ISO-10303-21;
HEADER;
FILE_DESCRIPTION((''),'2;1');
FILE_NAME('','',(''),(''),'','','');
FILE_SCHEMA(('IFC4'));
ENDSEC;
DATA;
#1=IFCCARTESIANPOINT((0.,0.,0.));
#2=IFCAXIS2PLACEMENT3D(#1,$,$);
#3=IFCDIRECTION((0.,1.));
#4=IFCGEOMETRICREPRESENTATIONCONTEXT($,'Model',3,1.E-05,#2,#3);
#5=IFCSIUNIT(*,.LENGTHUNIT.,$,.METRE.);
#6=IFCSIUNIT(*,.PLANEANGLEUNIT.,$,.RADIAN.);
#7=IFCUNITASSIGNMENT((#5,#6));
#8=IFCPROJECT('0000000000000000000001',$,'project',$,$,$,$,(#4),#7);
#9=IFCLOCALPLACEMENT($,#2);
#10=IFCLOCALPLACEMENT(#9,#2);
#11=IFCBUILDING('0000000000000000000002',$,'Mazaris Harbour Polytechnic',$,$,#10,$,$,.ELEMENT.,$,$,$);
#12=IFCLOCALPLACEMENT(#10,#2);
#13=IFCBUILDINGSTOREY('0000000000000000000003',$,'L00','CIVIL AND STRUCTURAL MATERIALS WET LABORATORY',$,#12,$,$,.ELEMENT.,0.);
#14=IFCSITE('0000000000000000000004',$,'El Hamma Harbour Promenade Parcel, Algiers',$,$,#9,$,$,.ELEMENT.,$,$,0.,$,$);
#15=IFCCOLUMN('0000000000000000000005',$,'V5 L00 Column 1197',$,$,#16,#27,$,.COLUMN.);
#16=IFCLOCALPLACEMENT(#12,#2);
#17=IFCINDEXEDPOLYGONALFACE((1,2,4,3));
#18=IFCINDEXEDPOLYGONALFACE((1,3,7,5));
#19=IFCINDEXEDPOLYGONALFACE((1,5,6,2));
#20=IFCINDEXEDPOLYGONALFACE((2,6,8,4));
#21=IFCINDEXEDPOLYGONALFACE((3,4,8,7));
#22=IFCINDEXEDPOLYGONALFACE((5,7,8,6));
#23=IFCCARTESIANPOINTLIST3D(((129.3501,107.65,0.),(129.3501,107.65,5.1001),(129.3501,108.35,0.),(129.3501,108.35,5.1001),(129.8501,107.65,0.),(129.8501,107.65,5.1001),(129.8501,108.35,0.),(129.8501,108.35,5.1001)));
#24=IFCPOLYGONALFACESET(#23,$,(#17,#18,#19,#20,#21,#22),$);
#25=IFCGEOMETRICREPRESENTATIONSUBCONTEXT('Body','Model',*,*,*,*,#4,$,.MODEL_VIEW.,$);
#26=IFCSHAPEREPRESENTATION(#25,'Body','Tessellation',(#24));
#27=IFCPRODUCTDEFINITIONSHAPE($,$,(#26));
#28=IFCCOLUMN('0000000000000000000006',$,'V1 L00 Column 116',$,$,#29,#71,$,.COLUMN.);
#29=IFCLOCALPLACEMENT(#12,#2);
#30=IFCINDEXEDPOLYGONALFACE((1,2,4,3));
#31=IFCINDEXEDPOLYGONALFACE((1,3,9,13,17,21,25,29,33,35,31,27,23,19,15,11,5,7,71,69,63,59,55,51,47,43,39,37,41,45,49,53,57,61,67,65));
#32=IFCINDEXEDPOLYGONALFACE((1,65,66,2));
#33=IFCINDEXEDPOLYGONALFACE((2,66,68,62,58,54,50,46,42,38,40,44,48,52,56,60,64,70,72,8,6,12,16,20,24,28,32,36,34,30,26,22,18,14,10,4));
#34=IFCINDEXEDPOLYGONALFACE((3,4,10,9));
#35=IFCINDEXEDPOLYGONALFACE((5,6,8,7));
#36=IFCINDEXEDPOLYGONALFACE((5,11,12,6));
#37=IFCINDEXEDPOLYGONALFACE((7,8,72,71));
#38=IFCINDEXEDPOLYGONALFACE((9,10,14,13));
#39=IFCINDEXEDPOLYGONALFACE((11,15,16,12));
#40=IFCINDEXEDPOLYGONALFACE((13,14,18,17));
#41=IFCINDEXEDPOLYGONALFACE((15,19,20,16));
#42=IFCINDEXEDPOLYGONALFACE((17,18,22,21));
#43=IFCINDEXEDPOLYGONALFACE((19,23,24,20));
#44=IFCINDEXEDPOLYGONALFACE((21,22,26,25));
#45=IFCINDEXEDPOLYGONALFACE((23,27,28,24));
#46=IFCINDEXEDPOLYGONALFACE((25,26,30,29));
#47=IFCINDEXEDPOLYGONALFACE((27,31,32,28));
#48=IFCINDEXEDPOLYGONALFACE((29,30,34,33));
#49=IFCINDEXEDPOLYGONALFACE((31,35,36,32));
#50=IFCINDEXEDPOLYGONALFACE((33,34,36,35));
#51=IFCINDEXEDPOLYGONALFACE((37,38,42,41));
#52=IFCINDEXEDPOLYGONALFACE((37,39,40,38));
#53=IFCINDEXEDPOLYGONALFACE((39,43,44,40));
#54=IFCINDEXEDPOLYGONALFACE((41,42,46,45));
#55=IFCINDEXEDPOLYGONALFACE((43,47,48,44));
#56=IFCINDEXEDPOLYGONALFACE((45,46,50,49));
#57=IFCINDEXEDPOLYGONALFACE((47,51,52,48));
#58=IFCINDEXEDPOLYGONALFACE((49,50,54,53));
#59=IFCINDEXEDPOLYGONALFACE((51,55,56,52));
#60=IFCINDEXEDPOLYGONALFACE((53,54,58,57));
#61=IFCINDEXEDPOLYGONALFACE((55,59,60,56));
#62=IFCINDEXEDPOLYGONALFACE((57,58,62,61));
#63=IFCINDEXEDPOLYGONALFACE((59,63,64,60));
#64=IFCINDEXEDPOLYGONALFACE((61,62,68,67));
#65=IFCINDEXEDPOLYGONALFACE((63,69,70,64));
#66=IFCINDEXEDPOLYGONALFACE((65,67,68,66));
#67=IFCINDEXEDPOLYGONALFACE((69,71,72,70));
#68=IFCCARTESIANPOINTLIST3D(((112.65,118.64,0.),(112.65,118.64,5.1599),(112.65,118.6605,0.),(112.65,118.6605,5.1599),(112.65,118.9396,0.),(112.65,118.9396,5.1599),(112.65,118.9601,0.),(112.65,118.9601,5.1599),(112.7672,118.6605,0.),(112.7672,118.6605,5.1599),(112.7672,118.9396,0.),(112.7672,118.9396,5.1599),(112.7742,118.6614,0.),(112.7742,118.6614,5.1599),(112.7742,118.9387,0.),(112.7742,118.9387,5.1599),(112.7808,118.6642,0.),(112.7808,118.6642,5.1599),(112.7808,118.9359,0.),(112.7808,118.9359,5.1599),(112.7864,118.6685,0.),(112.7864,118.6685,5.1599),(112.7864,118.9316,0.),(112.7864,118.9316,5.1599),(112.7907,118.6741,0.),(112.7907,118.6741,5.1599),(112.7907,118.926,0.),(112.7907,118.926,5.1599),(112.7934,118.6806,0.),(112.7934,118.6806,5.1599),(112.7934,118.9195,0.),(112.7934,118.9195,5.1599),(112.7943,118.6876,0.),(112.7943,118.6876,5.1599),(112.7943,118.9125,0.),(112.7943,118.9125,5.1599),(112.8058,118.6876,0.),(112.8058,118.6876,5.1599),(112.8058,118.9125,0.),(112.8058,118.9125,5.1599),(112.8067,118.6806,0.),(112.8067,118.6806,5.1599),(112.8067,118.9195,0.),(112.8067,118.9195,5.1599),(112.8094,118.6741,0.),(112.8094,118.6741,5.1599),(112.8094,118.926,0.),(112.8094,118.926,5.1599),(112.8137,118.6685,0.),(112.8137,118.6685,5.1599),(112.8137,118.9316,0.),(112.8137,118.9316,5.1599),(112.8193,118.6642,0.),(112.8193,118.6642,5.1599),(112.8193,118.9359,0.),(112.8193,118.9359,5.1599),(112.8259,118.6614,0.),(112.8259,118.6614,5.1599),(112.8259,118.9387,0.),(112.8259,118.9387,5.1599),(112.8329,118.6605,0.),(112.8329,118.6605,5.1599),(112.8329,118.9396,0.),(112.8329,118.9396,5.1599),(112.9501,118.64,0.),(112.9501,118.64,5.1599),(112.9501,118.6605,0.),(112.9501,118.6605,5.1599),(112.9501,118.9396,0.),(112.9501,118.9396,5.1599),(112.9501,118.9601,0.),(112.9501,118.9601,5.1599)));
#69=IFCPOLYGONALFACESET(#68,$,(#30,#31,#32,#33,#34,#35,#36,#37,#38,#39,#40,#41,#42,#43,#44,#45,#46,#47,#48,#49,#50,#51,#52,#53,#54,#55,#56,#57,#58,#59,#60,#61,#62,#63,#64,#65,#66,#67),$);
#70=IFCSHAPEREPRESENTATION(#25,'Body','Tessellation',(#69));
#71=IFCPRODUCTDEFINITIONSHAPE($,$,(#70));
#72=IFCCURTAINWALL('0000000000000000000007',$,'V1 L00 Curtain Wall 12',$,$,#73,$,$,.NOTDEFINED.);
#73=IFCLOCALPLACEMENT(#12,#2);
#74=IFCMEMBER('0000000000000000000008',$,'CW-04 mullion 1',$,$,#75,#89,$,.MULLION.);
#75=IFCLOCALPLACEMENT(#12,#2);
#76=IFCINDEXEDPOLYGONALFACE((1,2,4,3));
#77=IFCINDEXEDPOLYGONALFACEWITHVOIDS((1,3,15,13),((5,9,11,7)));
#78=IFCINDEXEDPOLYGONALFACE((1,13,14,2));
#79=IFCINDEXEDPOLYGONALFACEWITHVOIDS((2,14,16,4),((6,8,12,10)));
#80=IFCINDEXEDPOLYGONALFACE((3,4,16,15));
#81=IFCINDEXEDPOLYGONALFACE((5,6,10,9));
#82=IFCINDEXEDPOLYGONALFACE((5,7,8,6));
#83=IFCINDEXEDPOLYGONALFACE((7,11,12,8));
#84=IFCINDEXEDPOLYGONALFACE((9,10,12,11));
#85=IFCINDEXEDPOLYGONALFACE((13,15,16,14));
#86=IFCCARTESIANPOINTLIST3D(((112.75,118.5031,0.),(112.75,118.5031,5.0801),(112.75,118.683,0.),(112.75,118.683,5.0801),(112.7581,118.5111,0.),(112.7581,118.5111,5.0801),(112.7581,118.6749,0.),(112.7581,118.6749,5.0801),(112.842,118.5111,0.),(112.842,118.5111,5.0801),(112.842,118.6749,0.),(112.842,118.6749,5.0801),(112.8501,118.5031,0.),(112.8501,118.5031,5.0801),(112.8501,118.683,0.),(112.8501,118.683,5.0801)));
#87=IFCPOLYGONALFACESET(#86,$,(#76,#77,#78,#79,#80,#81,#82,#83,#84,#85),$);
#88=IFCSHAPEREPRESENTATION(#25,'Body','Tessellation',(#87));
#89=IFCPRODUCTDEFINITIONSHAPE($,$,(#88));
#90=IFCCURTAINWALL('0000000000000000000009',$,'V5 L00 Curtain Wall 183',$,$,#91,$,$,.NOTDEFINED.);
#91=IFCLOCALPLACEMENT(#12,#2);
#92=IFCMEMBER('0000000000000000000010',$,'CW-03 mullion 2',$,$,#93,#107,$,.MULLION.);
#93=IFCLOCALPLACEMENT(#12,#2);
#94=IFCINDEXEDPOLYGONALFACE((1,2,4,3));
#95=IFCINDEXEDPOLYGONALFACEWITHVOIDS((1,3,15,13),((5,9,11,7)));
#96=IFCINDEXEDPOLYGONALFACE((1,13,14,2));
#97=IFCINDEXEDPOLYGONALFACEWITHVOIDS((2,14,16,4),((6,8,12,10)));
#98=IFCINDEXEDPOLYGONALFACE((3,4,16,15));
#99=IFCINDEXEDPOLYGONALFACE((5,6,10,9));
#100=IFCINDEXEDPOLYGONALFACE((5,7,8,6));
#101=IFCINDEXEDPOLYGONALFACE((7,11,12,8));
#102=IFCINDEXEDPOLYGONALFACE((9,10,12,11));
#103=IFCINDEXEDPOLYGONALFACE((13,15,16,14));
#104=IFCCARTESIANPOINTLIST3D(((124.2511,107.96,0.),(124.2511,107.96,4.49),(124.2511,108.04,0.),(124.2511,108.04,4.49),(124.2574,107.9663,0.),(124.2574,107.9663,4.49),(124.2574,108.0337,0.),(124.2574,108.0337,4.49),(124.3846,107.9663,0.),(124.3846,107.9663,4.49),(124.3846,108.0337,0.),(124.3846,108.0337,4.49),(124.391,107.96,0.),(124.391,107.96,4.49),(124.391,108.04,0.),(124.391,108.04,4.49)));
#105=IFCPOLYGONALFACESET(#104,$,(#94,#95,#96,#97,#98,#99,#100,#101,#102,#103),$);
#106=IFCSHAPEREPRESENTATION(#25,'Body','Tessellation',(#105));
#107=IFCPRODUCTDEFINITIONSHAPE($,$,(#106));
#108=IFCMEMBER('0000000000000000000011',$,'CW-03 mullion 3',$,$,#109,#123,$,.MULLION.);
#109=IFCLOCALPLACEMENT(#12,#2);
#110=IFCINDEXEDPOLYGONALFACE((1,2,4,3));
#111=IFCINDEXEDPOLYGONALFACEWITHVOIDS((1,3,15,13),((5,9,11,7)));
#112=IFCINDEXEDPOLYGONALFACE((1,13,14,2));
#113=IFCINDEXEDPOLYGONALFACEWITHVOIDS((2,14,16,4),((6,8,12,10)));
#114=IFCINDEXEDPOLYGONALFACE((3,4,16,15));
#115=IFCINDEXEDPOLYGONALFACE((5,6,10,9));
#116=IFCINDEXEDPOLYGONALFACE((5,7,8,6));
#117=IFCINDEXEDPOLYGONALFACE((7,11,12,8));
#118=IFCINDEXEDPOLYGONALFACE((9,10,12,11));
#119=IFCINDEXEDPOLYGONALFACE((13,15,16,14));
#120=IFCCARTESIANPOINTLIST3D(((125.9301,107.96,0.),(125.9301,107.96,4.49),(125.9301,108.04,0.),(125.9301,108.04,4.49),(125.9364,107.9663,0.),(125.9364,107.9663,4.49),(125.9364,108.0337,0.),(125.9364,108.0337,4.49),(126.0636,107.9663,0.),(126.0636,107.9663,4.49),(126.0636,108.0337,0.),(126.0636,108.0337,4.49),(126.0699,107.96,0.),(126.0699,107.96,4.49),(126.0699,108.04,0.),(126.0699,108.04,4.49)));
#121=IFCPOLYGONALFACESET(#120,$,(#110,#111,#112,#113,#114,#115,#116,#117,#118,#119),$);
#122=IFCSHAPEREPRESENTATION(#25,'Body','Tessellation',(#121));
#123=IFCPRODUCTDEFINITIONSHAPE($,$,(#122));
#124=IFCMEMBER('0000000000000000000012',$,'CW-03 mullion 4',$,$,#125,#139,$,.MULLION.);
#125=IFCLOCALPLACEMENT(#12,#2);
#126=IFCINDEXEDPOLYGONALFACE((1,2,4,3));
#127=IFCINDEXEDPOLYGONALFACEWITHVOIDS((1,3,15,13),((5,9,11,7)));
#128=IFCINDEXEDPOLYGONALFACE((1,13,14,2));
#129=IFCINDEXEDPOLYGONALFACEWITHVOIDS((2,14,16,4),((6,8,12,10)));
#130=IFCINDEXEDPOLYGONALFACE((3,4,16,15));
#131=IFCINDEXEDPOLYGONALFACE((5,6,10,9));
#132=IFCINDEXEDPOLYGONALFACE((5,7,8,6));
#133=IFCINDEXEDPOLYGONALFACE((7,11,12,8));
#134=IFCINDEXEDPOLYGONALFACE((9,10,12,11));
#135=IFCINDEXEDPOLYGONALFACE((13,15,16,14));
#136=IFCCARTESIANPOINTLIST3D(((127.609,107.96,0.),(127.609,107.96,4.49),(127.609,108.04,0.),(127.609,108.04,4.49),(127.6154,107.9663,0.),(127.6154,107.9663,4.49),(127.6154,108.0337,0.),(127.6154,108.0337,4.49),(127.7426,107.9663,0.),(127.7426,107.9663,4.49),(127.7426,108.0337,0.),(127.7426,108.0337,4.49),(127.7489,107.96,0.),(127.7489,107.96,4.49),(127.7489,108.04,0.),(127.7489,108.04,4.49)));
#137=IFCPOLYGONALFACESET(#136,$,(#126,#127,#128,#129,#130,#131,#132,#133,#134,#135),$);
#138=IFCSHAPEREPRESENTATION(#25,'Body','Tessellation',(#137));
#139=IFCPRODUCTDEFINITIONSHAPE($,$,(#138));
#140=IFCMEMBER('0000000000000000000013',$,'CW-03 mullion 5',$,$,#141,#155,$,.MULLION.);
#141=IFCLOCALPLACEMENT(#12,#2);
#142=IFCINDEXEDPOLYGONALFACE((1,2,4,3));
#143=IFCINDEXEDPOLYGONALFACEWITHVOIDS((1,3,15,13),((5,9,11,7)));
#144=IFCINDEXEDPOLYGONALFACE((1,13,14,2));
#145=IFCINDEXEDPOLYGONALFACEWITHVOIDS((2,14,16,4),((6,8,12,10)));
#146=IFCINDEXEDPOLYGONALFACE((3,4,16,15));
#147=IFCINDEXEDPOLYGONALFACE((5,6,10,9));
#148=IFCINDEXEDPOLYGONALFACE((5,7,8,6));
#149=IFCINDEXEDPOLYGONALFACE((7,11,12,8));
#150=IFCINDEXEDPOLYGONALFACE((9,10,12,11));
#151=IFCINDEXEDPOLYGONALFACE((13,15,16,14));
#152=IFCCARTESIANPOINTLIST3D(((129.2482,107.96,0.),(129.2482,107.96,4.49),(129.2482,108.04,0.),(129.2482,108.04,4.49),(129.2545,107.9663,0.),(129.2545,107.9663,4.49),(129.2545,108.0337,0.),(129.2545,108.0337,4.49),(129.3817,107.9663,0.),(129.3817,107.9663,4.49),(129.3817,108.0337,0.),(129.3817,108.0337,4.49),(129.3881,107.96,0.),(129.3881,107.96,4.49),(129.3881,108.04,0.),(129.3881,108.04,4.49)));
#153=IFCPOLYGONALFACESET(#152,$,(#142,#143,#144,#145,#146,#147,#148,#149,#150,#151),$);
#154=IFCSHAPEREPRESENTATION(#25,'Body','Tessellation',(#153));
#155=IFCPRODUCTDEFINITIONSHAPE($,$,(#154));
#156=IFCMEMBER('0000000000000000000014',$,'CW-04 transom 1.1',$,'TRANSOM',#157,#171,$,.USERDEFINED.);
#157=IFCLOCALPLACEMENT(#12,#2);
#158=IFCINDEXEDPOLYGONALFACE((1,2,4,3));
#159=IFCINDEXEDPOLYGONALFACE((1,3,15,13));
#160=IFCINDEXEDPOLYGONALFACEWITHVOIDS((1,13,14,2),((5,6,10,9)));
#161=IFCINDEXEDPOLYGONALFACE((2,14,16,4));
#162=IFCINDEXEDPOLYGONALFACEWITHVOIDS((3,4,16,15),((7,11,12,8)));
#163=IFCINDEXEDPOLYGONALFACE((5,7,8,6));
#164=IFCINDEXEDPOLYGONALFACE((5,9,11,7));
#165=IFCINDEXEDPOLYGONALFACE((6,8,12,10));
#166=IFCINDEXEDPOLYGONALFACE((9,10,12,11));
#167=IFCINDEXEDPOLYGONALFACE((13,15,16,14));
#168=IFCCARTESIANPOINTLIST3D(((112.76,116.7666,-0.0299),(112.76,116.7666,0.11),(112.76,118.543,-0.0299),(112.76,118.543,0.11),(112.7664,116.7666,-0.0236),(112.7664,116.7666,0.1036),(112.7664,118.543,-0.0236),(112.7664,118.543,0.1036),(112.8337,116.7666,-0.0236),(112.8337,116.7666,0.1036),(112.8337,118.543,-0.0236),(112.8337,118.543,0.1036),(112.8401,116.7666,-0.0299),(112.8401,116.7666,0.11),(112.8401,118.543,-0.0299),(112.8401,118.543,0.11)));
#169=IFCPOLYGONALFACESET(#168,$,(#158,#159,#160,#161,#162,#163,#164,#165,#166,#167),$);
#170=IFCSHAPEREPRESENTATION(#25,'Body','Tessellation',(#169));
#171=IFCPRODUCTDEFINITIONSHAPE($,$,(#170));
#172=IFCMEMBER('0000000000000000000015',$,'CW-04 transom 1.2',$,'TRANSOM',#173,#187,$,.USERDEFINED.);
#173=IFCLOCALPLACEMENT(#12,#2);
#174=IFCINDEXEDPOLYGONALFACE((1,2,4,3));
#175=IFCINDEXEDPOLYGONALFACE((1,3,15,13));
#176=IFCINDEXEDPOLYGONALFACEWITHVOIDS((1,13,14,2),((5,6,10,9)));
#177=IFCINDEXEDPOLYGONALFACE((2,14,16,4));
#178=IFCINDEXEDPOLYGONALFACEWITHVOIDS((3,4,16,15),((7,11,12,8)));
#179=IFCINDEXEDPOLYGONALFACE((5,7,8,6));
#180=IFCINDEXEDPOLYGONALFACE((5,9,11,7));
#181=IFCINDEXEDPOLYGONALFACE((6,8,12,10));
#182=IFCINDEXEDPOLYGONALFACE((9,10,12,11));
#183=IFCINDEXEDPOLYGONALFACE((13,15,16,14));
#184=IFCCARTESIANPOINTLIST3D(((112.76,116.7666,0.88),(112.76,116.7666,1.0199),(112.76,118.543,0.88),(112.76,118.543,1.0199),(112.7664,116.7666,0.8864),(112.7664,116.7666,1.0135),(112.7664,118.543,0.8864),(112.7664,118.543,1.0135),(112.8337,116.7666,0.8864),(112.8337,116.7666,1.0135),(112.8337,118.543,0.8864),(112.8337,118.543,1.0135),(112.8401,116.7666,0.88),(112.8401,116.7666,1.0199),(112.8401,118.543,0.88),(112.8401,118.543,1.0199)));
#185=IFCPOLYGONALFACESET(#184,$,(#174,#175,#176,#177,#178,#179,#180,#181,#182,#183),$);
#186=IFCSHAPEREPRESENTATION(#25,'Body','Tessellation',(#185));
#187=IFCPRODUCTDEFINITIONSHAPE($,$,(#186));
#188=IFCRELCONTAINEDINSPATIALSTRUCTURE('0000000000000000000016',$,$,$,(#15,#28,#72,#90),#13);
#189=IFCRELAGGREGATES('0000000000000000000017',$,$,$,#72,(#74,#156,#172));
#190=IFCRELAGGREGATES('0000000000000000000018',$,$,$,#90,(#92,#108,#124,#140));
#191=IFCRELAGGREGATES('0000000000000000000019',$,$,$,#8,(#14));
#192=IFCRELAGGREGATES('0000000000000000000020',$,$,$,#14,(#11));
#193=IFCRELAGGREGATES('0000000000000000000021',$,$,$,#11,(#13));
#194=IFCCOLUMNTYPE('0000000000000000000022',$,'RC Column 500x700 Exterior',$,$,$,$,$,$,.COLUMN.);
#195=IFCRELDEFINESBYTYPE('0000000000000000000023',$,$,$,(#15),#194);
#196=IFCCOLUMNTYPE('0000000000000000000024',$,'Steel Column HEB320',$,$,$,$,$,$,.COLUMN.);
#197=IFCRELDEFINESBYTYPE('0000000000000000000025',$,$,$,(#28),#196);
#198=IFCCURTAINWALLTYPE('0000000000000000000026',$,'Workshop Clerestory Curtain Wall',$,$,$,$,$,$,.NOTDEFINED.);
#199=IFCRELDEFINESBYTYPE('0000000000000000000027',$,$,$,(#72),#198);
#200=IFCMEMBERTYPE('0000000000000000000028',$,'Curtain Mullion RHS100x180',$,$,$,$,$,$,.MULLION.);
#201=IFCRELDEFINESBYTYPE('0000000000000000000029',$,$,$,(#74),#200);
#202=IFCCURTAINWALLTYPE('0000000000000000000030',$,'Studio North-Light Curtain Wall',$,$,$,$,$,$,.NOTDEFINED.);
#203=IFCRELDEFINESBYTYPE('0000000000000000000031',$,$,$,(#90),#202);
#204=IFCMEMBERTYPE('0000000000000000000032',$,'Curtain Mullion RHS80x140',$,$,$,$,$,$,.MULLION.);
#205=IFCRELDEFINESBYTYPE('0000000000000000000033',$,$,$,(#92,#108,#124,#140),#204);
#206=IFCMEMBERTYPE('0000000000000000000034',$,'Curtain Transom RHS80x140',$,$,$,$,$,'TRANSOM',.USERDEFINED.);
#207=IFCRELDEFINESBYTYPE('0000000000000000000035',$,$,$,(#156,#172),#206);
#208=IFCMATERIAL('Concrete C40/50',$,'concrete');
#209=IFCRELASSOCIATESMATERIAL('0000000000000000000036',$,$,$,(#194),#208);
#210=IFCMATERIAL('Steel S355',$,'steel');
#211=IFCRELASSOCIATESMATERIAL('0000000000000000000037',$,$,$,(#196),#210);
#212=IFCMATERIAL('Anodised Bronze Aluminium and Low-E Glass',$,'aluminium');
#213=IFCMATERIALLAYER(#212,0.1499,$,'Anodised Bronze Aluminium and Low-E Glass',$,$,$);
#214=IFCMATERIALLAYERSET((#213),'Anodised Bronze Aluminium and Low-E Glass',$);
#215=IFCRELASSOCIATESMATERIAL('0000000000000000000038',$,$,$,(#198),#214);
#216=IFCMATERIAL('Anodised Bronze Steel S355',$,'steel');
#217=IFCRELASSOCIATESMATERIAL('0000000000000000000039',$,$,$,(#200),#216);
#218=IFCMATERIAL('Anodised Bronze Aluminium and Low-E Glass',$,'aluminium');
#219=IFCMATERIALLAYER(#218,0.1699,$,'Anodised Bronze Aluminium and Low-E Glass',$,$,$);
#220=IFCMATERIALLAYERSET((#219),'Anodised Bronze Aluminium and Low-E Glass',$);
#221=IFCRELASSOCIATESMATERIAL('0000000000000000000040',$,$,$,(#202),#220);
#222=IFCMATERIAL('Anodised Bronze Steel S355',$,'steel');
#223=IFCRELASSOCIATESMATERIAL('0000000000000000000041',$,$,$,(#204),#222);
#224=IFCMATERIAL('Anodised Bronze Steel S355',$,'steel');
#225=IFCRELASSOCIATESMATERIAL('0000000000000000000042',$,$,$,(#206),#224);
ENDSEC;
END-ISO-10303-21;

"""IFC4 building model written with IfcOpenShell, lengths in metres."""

from ifc_helpers import new_model, si_unit, direction, frame, origin, origin_2d, place, context, subcontext, project, spatial, rectangle, hollow_rectangle, i_section, extrude, material, layer, layer_set, material_profile, profile_set, type_object, element, aggregate, save


model = new_model("IFC4")

# Units and contexts
model_context = context("Model", 3, precision=1e-05, world=origin(), true_north=direction((0.0, 1.0)))
body_context = subcontext(model_context, "Body", "Model", "MODEL_VIEW")
ifc_project = project(units=[si_unit("LENGTHUNIT", "METRE"), si_unit("PLANEANGLEUNIT", "RADIAN")], contexts=[model_context])

# Site, building, storey
site_placement = place(None, origin())
site = spatial("IfcSite", under=ifc_project, at=site_placement, Name="El Hamma Harbour Promenade Parcel, Algiers", CompositionType="ELEMENT", RefElevation=0.0)
building_placement = place(site_placement, origin())
building = spatial("IfcBuilding", under=site, at=building_placement, Name="Mazaris Harbour Polytechnic", CompositionType="ELEMENT")
storey_placement = place(building_placement, origin())
storey = spatial("IfcBuildingStorey", under=building, at=storey_placement, Name="L00", Description="CIVIL AND STRUCTURAL MATERIALS WET LABORATORY", CompositionType="ELEMENT", Elevation=0.0)

# Columns
ifc_material_1 = material(Name="Concrete C40/50", Category="concrete")
ifc_material_profile_1 = material_profile(ifc_material_1, rectangle(XDim=0.5, YDim=0.7, at=origin_2d()), Name="RECT500x700")
ifc_profile_set_1 = profile_set([ifc_material_profile_1], Name="Concrete C40/50")
column_type_1 = type_object("IfcColumnType", Name="RC Column 500x700 Exterior", PredefinedType="COLUMN", material=ifc_profile_set_1)
column_1_placement = place(storey_placement, frame((129.6001, 108.0, 0.0), z_axis=(0.0, 0.0, 1.0), x_axis=(1.0, 0.0, 0.0)))
element("IfcColumn", 1, at=column_1_placement, inside=storey, type_object=column_type_1, Name="V5 L00 Column 1197", PredefinedType="COLUMN", context=body_context, shape_type="SweptSolid", body=[
    extrude(rectangle(XDim=0.5, YDim=0.7, at=origin_2d()), origin(), (0.0, 0.0, 1.0), 5.1001),
])
ifc_material_2 = material(Name="Steel S355", Category="steel")
ifc_material_profile_2 = material_profile(ifc_material_2, i_section(OverallWidth=0.3, OverallDepth=0.3201, WebThickness=0.0115, FlangeThickness=0.0205, FilletRadius=0.0271, at=origin_2d()), Name="HEB 320")
ifc_profile_set_2 = profile_set([ifc_material_profile_2], Name="Steel S355")
column_type_2 = type_object("IfcColumnType", Name="Steel Column HEB320", PredefinedType="COLUMN", material=ifc_profile_set_2)
column_2_placement = place(storey_placement, frame((112.8, 118.8, 0.0), z_axis=(0.0, 0.0, 1.0), x_axis=(1.0, 0.0, 0.0)))
element("IfcColumn", 2, at=column_2_placement, inside=storey, type_object=column_type_2, Name="V1 L00 Column 116", PredefinedType="COLUMN", context=body_context, shape_type="SweptSolid", body=[
    extrude(i_section(OverallWidth=0.3, OverallDepth=0.3201, WebThickness=0.0115, FlangeThickness=0.0205, FilletRadius=0.0271, at=origin_2d()), origin(), (0.0, 0.0, 1.0), 5.1599),
])

# Curtain wall, member
ifc_material_3 = material(Name="Anodised Bronze Aluminium and Low-E Glass", Category="aluminium")
ifc_layer_1 = layer(ifc_material_3, 0.1499, Name="Anodised Bronze Aluminium and Low-E Glass")
ifc_layer_set_1 = layer_set([ifc_layer_1], Name="Anodised Bronze Aluminium and Low-E Glass")
curtain_wall_type_1 = type_object("IfcCurtainWallType", Name="Workshop Clerestory Curtain Wall", PredefinedType="NOTDEFINED", material=ifc_layer_set_1)
curtain_wall_1_placement = place(storey_placement, origin())
curtain_wall_1 = element("IfcCurtainWall", 3, at=curtain_wall_1_placement, inside=storey, type_object=curtain_wall_type_1, Name="V1 L00 Curtain Wall 12", PredefinedType="NOTDEFINED")
ifc_material_4 = material(Name="Anodised Bronze Steel S355", Category="steel")
ifc_material_profile_3 = material_profile(ifc_material_4, hollow_rectangle(XDim=0.1001, YDim=0.1799, WallThickness=0.0081, at=origin_2d()), Name="RHS 100x180x8.0")
ifc_profile_set_3 = profile_set([ifc_material_profile_3], Name="Anodised Bronze Steel S355")
member_type_1 = type_object("IfcMemberType", Name="Curtain Mullion RHS100x180", PredefinedType="MULLION", material=ifc_profile_set_3)
member_1_placement = place(storey_placement, frame((112.8, 118.593, 0.0), z_axis=(0.0, 0.0, 1.0), x_axis=(1.0, 0.0, 0.0)))
member_1 = element("IfcMember", 4, at=member_1_placement, type_object=member_type_1, Name="CW-04 mullion 1", PredefinedType="MULLION", context=body_context, shape_type="SweptSolid", body=[
    extrude(hollow_rectangle(XDim=0.1001, YDim=0.1799, WallThickness=0.0081, at=origin_2d()), origin(), (0.0, 0.0, 1.0), 5.0801),
])

# Curtain wall, members
ifc_material_5 = material(Name="Anodised Bronze Aluminium and Low-E Glass", Category="aluminium")
ifc_layer_2 = layer(ifc_material_5, 0.1699, Name="Anodised Bronze Aluminium and Low-E Glass")
ifc_layer_set_2 = layer_set([ifc_layer_2], Name="Anodised Bronze Aluminium and Low-E Glass")
curtain_wall_type_2 = type_object("IfcCurtainWallType", Name="Studio North-Light Curtain Wall", PredefinedType="NOTDEFINED", material=ifc_layer_set_2)
curtain_wall_2_placement = place(storey_placement, origin())
curtain_wall_2 = element("IfcCurtainWall", 5, at=curtain_wall_2_placement, inside=storey, type_object=curtain_wall_type_2, Name="V5 L00 Curtain Wall 183", PredefinedType="NOTDEFINED")
ifc_material_6 = material(Name="Anodised Bronze Steel S355", Category="steel")
ifc_material_profile_4 = material_profile(ifc_material_6, hollow_rectangle(XDim=0.0801, YDim=0.1399, WallThickness=0.0063, at=origin_2d()), Name="RHS 80x140x6.3")
ifc_profile_set_4 = profile_set([ifc_material_profile_4], Name="Anodised Bronze Steel S355")
member_type_2 = type_object("IfcMemberType", Name="Curtain Mullion RHS80x140", PredefinedType="MULLION", material=ifc_profile_set_4)
member_2_placement = place(storey_placement, frame((124.321, 108.0, 0.0), z_axis=(0.0, 0.0, 1.0), x_axis=(0.0, 1.0, 0.0)))
member_2 = element("IfcMember", 6, at=member_2_placement, type_object=member_type_2, Name="CW-03 mullion 2", PredefinedType="MULLION", context=body_context, shape_type="SweptSolid", body=[
    extrude(hollow_rectangle(XDim=0.0801, YDim=0.1399, WallThickness=0.0063, at=origin_2d()), origin(), (0.0, 0.0, 1.0), 4.49),
])
member_3_placement = place(storey_placement, frame((126.0, 108.0, 0.0), z_axis=(0.0, 0.0, 1.0), x_axis=(0.0, 1.0, 0.0)))
member_3 = element("IfcMember", 7, at=member_3_placement, type_object=member_type_2, Name="CW-03 mullion 3", PredefinedType="MULLION", context=body_context, shape_type="SweptSolid", body=[
    extrude(hollow_rectangle(XDim=0.0801, YDim=0.1399, WallThickness=0.0063, at=origin_2d()), origin(), (0.0, 0.0, 1.0), 4.49),
])
member_4_placement = place(storey_placement, frame((127.679, 108.0, 0.0), z_axis=(0.0, 0.0, 1.0), x_axis=(0.0, 1.0, 0.0)))
member_4 = element("IfcMember", 8, at=member_4_placement, type_object=member_type_2, Name="CW-03 mullion 4", PredefinedType="MULLION", context=body_context, shape_type="SweptSolid", body=[
    extrude(hollow_rectangle(XDim=0.0801, YDim=0.1399, WallThickness=0.0063, at=origin_2d()), origin(), (0.0, 0.0, 1.0), 4.49),
])
member_5_placement = place(storey_placement, frame((129.3181, 108.0, 0.0), z_axis=(0.0, 0.0, 1.0), x_axis=(0.0, 1.0, 0.0)))
member_5 = element("IfcMember", 9, at=member_5_placement, type_object=member_type_2, Name="CW-03 mullion 5", PredefinedType="MULLION", context=body_context, shape_type="SweptSolid", body=[
    extrude(hollow_rectangle(XDim=0.0801, YDim=0.1399, WallThickness=0.0063, at=origin_2d()), origin(), (0.0, 0.0, 1.0), 4.49),
])

# Members
ifc_material_7 = material(Name="Anodised Bronze Steel S355", Category="steel")
ifc_material_profile_5 = material_profile(ifc_material_7, hollow_rectangle(XDim=0.0801, YDim=0.1399, WallThickness=0.0063, at=origin_2d()), Name="RHS 80x140x6.3")
ifc_profile_set_5 = profile_set([ifc_material_profile_5], Name="Anodised Bronze Steel S355")
member_type_3 = type_object("IfcMemberType", Name="Curtain Transom RHS80x140", ElementType="TRANSOM", PredefinedType="USERDEFINED", material=ifc_profile_set_5)
member_6_placement = place(storey_placement, frame((112.8, 118.543, 0.04), z_axis=(0.0, -1.0, 0.0), x_axis=(1.0, 0.0, 0.0)))
member_6 = element("IfcMember", 10, at=member_6_placement, type_object=member_type_3, Name="CW-04 transom 1.1", ObjectType="TRANSOM", PredefinedType="USERDEFINED", context=body_context, shape_type="SweptSolid", body=[
    extrude(hollow_rectangle(XDim=0.0801, YDim=0.1399, WallThickness=0.0063, at=origin_2d()), origin(), (0.0, 0.0, 1.0), 1.7764),
])
member_7_placement = place(storey_placement, frame((112.8, 118.543, 0.95), z_axis=(0.0, -1.0, 0.0), x_axis=(1.0, 0.0, 0.0)))
member_7 = element("IfcMember", 11, at=member_7_placement, type_object=member_type_3, Name="CW-04 transom 1.2", ObjectType="TRANSOM", PredefinedType="USERDEFINED", context=body_context, shape_type="SweptSolid", body=[
    extrude(hollow_rectangle(XDim=0.0801, YDim=0.1399, WallThickness=0.0063, at=origin_2d()), origin(), (0.0, 0.0, 1.0), 1.7764),
])

aggregate(curtain_wall_1, [member_1, member_6, member_7])
aggregate(curtain_wall_2, [member_2, member_3, member_4, member_5])

save(model, "model.ifc")
